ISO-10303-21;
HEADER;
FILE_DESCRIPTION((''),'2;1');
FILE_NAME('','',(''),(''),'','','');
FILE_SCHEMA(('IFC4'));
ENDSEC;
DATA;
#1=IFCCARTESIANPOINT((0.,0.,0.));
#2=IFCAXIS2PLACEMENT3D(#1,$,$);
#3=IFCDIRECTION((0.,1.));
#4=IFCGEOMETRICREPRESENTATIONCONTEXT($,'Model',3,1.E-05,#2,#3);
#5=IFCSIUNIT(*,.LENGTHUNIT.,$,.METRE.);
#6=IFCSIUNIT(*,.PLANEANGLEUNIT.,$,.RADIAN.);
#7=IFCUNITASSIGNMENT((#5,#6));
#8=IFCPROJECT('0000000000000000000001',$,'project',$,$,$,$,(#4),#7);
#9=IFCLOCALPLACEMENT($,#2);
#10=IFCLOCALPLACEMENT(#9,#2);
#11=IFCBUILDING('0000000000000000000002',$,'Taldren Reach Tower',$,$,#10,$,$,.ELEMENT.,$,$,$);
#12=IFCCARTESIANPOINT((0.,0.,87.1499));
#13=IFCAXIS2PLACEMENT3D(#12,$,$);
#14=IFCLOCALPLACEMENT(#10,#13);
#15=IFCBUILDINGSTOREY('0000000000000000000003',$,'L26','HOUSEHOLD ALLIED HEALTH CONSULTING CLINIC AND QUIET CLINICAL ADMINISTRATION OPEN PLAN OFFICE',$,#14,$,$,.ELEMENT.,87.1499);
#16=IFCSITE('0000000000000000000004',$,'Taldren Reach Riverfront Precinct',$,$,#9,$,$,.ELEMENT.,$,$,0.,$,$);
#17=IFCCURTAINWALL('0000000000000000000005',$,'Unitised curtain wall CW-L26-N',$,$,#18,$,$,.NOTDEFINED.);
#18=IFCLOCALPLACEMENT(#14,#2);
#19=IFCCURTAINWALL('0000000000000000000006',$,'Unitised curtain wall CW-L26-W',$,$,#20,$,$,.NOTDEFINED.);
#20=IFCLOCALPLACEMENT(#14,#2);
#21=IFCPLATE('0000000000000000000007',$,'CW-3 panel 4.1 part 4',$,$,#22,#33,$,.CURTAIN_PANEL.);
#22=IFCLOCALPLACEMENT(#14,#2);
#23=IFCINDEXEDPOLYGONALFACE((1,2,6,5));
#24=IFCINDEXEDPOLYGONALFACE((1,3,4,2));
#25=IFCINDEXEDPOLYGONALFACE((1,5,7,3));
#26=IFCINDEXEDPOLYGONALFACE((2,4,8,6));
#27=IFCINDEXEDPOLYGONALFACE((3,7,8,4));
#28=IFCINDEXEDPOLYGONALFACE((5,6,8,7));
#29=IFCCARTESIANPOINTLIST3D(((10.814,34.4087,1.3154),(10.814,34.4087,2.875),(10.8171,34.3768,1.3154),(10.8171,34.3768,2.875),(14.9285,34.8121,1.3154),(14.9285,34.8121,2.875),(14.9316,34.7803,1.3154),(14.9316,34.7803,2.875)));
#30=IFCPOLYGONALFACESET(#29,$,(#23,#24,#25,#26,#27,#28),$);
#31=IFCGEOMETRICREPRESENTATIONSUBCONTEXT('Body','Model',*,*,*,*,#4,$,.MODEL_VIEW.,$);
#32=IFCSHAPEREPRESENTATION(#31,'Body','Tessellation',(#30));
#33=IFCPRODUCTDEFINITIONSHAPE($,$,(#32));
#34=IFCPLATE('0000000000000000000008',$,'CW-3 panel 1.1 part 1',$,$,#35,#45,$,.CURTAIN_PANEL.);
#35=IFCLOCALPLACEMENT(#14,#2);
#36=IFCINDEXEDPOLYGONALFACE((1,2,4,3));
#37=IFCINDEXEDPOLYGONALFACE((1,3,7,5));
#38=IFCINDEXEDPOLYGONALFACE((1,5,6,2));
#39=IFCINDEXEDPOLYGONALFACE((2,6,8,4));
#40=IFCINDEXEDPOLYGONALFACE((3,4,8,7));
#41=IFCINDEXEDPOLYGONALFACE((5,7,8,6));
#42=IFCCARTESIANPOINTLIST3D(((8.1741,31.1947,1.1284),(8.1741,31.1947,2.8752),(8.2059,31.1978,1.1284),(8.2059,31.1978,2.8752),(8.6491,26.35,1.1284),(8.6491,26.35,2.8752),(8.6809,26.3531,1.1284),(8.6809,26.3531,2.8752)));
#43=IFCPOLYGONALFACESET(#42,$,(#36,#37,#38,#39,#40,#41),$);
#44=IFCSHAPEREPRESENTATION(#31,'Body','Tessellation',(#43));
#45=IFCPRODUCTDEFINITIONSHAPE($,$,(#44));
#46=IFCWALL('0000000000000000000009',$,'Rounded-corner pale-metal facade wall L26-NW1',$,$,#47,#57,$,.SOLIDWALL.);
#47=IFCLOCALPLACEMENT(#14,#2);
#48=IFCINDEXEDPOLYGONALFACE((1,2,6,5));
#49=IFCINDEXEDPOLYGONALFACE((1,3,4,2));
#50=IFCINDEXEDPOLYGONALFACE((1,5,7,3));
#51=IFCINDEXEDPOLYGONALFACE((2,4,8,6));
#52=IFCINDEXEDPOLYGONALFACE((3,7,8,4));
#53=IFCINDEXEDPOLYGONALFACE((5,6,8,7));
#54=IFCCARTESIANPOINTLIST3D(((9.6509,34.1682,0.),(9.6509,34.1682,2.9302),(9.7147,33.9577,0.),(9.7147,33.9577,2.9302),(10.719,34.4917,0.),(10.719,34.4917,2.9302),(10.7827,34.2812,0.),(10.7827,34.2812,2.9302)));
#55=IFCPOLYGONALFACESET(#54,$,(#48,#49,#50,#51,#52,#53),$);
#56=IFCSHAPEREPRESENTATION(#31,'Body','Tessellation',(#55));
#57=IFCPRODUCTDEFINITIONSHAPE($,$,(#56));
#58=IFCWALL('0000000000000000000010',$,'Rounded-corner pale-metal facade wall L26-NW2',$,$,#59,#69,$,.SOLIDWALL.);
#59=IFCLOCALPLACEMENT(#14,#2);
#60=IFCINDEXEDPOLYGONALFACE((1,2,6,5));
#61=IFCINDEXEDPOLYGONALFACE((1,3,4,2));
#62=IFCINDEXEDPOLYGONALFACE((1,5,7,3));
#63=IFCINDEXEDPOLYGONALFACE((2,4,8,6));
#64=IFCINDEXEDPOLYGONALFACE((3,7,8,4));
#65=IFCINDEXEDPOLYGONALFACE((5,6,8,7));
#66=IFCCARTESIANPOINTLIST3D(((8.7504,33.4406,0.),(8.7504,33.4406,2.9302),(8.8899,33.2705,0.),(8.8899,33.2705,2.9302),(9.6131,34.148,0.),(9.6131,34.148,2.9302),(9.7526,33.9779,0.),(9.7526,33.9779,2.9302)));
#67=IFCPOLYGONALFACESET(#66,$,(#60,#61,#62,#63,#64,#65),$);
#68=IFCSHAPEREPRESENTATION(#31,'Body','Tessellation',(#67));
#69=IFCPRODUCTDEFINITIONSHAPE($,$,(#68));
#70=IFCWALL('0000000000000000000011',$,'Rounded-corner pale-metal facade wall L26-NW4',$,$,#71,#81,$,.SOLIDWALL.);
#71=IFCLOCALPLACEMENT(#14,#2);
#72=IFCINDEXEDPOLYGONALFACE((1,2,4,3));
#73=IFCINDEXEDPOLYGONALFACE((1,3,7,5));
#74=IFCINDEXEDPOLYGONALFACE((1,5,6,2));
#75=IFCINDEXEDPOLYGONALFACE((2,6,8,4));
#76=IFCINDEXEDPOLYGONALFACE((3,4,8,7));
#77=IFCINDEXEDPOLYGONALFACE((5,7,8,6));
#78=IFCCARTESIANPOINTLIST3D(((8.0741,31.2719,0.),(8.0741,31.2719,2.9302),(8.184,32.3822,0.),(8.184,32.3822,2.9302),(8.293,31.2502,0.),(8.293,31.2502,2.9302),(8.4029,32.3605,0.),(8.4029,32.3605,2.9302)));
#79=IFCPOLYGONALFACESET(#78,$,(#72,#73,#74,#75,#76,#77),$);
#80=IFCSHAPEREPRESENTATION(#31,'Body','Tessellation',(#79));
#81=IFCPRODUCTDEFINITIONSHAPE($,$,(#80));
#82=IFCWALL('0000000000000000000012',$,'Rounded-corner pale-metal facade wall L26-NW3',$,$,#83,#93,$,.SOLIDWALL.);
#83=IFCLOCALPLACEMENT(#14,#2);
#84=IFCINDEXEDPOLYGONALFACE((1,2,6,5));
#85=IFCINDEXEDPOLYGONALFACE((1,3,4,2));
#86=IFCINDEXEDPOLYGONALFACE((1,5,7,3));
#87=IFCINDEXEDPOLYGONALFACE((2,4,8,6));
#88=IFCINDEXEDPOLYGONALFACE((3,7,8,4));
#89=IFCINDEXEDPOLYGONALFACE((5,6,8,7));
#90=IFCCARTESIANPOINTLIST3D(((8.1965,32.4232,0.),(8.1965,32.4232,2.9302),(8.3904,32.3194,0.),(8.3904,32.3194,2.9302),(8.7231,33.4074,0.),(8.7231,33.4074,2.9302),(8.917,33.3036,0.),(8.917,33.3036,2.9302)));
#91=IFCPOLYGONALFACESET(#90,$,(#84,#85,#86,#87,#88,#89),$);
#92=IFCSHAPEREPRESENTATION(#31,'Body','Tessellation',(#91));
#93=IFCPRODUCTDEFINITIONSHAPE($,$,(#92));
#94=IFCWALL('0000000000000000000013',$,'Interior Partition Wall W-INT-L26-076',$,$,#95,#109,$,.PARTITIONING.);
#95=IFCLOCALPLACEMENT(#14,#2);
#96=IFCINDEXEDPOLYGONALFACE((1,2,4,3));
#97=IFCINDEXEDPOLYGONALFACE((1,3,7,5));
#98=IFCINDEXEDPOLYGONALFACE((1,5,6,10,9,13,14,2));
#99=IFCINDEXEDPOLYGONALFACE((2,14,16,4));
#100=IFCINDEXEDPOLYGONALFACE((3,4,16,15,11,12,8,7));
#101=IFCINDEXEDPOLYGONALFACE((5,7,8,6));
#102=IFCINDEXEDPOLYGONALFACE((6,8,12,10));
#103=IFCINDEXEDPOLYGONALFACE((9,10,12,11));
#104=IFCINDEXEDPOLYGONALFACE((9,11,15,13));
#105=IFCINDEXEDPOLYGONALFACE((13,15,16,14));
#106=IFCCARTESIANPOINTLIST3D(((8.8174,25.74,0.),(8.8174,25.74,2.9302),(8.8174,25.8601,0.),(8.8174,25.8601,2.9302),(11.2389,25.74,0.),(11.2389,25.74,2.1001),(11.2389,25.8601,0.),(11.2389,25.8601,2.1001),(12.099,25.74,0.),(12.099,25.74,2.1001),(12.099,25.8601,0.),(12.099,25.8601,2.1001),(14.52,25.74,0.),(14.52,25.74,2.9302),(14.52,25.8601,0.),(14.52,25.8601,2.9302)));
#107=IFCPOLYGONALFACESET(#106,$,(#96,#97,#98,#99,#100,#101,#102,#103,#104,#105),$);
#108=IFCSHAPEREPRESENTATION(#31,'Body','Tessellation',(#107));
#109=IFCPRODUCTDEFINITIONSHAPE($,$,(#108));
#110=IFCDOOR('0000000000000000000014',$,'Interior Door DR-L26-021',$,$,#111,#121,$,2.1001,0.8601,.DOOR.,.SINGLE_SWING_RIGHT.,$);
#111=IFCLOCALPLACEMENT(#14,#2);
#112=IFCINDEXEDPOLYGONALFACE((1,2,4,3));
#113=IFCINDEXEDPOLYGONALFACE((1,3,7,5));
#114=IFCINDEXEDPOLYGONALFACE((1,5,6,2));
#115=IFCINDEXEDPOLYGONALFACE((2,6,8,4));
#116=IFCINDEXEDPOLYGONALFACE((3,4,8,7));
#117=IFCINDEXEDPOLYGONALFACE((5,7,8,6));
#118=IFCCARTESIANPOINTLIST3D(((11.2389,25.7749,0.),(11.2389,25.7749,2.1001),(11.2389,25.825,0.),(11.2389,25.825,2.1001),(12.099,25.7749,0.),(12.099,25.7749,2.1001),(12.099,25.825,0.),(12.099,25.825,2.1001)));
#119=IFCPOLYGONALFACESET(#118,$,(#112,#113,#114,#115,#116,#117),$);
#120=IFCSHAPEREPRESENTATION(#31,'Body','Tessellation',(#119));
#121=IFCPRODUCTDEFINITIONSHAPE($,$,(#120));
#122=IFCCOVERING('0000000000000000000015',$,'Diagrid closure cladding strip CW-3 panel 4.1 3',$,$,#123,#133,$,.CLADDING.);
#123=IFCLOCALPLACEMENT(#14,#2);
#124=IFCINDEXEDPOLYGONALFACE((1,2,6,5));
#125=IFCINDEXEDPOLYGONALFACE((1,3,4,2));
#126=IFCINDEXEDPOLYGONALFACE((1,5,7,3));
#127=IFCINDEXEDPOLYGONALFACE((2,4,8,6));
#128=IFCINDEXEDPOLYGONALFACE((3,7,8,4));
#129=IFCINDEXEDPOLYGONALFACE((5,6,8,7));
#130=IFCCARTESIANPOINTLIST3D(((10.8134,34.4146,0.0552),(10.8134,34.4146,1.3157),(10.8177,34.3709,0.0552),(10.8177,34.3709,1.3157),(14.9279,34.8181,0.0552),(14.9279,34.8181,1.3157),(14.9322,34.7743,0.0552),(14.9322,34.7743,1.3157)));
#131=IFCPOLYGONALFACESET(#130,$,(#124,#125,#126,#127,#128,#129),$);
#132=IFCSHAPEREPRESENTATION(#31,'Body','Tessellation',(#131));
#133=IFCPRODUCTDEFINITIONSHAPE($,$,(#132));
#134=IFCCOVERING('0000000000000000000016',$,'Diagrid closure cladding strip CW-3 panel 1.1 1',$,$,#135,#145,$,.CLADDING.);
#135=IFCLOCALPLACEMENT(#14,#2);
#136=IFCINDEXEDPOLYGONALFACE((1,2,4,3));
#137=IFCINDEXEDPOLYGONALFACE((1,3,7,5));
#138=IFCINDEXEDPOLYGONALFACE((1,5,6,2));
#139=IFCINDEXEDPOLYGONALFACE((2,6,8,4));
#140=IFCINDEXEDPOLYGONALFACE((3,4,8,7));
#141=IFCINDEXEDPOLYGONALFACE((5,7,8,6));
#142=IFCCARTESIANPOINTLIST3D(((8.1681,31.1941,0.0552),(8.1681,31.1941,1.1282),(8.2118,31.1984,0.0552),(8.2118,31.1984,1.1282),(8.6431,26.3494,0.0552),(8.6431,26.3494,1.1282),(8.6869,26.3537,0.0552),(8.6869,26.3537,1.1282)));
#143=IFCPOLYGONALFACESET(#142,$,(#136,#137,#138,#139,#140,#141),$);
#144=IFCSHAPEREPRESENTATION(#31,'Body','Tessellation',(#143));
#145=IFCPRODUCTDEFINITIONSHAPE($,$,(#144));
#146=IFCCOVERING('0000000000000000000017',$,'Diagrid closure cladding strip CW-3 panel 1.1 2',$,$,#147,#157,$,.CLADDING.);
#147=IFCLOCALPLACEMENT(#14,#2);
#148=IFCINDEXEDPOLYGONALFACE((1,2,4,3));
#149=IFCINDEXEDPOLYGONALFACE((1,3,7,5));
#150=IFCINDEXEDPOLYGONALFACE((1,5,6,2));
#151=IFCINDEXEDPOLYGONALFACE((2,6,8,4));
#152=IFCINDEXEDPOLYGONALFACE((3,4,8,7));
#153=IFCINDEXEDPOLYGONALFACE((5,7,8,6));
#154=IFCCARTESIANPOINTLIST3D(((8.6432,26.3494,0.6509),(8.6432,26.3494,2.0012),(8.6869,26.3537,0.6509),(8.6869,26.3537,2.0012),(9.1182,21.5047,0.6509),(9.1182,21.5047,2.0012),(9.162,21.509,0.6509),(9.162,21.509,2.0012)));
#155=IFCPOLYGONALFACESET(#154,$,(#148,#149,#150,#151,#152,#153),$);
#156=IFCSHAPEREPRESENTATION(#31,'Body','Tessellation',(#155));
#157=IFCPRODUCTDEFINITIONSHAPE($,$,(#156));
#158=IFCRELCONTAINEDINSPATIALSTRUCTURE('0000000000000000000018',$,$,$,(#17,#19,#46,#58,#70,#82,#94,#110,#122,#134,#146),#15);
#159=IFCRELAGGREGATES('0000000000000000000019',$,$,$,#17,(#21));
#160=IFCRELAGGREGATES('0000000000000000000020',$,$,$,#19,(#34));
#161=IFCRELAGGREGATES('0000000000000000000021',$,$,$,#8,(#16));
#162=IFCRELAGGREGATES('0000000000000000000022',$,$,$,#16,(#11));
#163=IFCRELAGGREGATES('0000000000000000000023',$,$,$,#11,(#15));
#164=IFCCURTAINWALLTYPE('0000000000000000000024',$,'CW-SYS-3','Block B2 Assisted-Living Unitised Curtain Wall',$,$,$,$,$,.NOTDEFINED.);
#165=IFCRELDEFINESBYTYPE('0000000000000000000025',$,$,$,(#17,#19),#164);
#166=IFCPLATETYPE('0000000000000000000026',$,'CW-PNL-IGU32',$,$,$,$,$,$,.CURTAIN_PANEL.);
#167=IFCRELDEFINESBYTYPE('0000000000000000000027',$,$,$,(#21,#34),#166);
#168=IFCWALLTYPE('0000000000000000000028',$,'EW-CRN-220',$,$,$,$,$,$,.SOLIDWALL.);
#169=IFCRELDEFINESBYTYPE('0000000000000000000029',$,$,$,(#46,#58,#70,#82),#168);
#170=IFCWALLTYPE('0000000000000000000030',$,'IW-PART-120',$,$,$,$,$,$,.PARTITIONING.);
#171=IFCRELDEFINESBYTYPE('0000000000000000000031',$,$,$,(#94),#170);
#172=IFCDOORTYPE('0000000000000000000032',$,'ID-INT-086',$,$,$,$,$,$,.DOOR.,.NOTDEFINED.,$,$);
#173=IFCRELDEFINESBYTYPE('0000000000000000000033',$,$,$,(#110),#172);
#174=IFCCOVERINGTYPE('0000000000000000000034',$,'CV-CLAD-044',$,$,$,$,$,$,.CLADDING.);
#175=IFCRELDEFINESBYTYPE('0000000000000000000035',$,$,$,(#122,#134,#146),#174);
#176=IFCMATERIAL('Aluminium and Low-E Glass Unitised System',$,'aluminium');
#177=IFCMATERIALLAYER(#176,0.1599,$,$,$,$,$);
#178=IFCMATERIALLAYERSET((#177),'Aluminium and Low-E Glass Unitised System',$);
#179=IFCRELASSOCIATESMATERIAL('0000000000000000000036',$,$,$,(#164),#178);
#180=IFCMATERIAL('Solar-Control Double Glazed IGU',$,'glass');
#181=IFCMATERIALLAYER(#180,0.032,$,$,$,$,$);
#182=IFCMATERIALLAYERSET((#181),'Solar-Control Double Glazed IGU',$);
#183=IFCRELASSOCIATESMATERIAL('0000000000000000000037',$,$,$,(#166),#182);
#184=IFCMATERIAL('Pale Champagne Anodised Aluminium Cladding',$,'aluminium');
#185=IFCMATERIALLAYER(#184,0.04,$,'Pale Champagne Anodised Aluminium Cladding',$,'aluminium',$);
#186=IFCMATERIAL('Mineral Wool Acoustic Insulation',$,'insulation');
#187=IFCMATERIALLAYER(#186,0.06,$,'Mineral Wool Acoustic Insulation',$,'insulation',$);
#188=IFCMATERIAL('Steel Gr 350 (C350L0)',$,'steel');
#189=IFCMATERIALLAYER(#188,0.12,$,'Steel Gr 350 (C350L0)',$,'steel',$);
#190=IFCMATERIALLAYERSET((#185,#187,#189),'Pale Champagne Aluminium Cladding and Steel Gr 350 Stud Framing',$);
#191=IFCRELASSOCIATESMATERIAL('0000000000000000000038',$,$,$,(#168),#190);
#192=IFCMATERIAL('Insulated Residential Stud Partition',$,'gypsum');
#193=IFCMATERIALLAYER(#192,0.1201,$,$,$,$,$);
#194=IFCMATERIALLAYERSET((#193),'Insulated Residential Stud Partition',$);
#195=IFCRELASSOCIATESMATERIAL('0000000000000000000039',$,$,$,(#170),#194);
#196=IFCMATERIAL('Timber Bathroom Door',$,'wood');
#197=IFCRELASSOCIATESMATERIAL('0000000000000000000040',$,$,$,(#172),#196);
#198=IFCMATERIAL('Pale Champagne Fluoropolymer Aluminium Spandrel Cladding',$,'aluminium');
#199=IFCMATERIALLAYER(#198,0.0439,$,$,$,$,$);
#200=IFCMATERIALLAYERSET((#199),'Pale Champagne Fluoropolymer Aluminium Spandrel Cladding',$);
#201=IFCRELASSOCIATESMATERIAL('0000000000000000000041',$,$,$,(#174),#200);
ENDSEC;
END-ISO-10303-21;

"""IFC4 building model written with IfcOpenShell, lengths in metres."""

from ifc_helpers import new_model, si_unit, direction, frame, frame_2d, origin, origin_2d, place, context, subcontext, project, spatial, rectangle, extrude, source, transform, mapped, material, layer, layer_set, type_object, element, fill, aggregate, save


model = new_model("IFC4")

# Units and contexts
model_context = context("Model", 3, precision=1e-05, world=origin(), true_north=direction((0.0, 1.0)))
body_context = subcontext(model_context, "Body", "Model", "MODEL_VIEW")
ifc_project = project(units=[si_unit("LENGTHUNIT", "METRE"), si_unit("PLANEANGLEUNIT", "RADIAN")], contexts=[model_context])

# Site, building, storey
site_placement = place(None, origin())
site = spatial("IfcSite", under=ifc_project, at=site_placement, Name="Taldren Reach Riverfront Precinct", CompositionType="ELEMENT", RefElevation=0.0)
building_placement = place(site_placement, origin())
building = spatial("IfcBuilding", under=site, at=building_placement, Name="Taldren Reach Tower", CompositionType="ELEMENT")
storey_placement = place(building_placement, frame((0.0, 0.0, 87.1499)))
storey = spatial("IfcBuildingStorey", under=building, at=storey_placement, Name="L26", Description="HOUSEHOLD ALLIED HEALTH CONSULTING CLINIC AND QUIET CLINICAL ADMINISTRATION OPEN PLAN OFFICE", CompositionType="ELEMENT", Elevation=87.1499)

# Shared definitions
ifc_material_1 = material(Name="Steel Gr 350 (C350L0)", Category="steel")

# Curtain wall
ifc_material_2 = material(Name="Aluminium and Low-E Glass Unitised System", Category="aluminium")
ifc_layer_1 = layer(ifc_material_2, 0.1599)
ifc_layer_set_1 = layer_set([ifc_layer_1], Name="Aluminium and Low-E Glass Unitised System")
curtain_wall_type = type_object("IfcCurtainWallType", Name="CW-SYS-3", Description="Block B2 Assisted-Living Unitised Curtain Wall", PredefinedType="NOTDEFINED", material=ifc_layer_set_1)
curtain_wall_1_placement = place(storey_placement, origin())
curtain_wall_1 = element("IfcCurtainWall", 1, at=curtain_wall_1_placement, inside=storey, type_object=curtain_wall_type, Name="Unitised curtain wall CW-L26-N", PredefinedType="NOTDEFINED")

# Curtain wall
curtain_wall_2_placement = place(storey_placement, origin())
curtain_wall_2 = element("IfcCurtainWall", 2, at=curtain_wall_2_placement, inside=storey, type_object=curtain_wall_type, Name="Unitised curtain wall CW-L26-W", PredefinedType="NOTDEFINED")

# Plates
ifc_material_3 = material(Name="Solar-Control Double Glazed IGU", Category="glass")
ifc_layer_2 = layer(ifc_material_3, 0.032)
ifc_layer_set_2 = layer_set([ifc_layer_2], Name="Solar-Control Double Glazed IGU")
plate_type_1 = type_object("IfcPlateType", Name="CW-PNL-IGU32", PredefinedType="CURTAIN_PANEL", material=ifc_layer_set_2)
shared_shape_1 = source(origin(), body_context, "Body", "SweptSolid", [
    extrude(rectangle(XDim=4.1343, YDim=0.032, at=origin_2d()), origin(), (0.0, 0.0, 1.0), 1.5596),
])
plate_1_placement = place(storey_placement, frame((12.8728, 34.5945, 1.3154), z_axis=(0.0, 0.0, 1.0), x_axis=(-0.995227, -0.097583, 0.0)))
plate_1 = element("IfcPlate", 3, at=plate_1_placement, type_object=plate_type_1, Name="CW-3 panel 4.1 part 4", PredefinedType="CURTAIN_PANEL", context=body_context, shape_type="MappedRepresentation", body=[
    mapped(shared_shape_1, transform((0.0, 0.0, 0.0), scale=1.0)),
])
aggregate(curtain_wall_1, [plate_1])
shared_shape_2 = source(origin(), body_context, "Body", "SweptSolid", [
    extrude(rectangle(XDim=4.8679, YDim=0.032, at=origin_2d()), origin(), (0.0, 0.0, 1.0), 1.7468),
])
plate_2_placement = place(storey_placement, frame((8.4275, 28.7739, 1.1284), z_axis=(0.0, 0.0, 1.0), x_axis=(0.097583, -0.995227, 0.0)))
plate_2 = element("IfcPlate", 4, at=plate_2_placement, type_object=plate_type_1, Name="CW-3 panel 1.1 part 1", PredefinedType="CURTAIN_PANEL", context=body_context, shape_type="MappedRepresentation", body=[
    mapped(shared_shape_2, transform((0.0, 0.0, 0.0), scale=1.0)),
])
aggregate(curtain_wall_2, [plate_2])

# Walls
ifc_material_4 = material(Name="Pale Champagne Anodised Aluminium Cladding", Category="aluminium")
ifc_layer_3 = layer(ifc_material_4, 0.04, Name="Pale Champagne Anodised Aluminium Cladding", Category="aluminium")
ifc_material_5 = material(Name="Mineral Wool Acoustic Insulation", Category="insulation")
ifc_layer_4 = layer(ifc_material_5, 0.06, Name="Mineral Wool Acoustic Insulation", Category="insulation")
ifc_layer_5 = layer(ifc_material_1, 0.12, Name="Steel Gr 350 (C350L0)", Category="steel")
ifc_layer_set_3 = layer_set([ifc_layer_3, ifc_layer_4, ifc_layer_5], Name="Pale Champagne Aluminium Cladding and Steel Gr 350 Stud Framing")
wall_type_1 = type_object("IfcWallType", Name="EW-CRN-220", PredefinedType="SOLIDWALL", material=ifc_layer_set_3)
shared_shape_3 = source(origin(), body_context, "Body", "SweptSolid", [
    extrude(rectangle(XDim=1.116, YDim=0.22, at=frame_2d((0.5581, 0.0))), origin(), (0.0, 0.0, 1.0), 2.9302),
])
wall_1_placement = place(storey_placement, frame((10.751, 34.3865, 0.0), z_axis=(0.0, 0.0, 1.0), x_axis=(-0.95707, -0.289856, 0.0)))
element("IfcWall", 5, at=wall_1_placement, inside=storey, type_object=wall_type_1, Name="Rounded-corner pale-metal facade wall L26-NW1", PredefinedType="SOLIDWALL", context=body_context, shape_type="MappedRepresentation", body=[
    mapped(shared_shape_3, transform((0.0, 0.0, 0.0), scale=1.0)),
])
shared_shape_4 = source(origin(), body_context, "Body", "SweptSolid", [
    extrude(rectangle(XDim=1.1157, YDim=0.22, at=frame_2d((0.5579, 0.0))), origin(), (0.0, 0.0, 1.0), 2.9302),
])
for number, where, z_axis, x_axis, name in (
    (6, (9.6829, 34.063, 0.0), (0.0, 0.0, 1.0), (-0.773255, -0.634095, 0.0), "Rounded-corner pale-metal facade wall L26-NW2"),
    (7, (8.2935, 32.3713, 0.0), (0.0, 0.0, 1.0), (-0.098464, -0.995141, 0.0), "Rounded-corner pale-metal facade wall L26-NW4"),
):
    element("IfcWall", number, at=place(storey_placement, frame(where, z_axis=z_axis, x_axis=x_axis)), inside=storey, type_object=wall_type_1, Name=name, PredefinedType="SOLIDWALL", context=body_context, shape_type="MappedRepresentation", body=[
        mapped(shared_shape_4, transform((0.0, 0.0, 0.0), scale=1.0)),
    ])
shared_shape_5 = source(origin(), body_context, "Body", "SweptSolid", [
    extrude(rectangle(XDim=1.1162, YDim=0.22, at=frame_2d((0.5581, 0.0))), origin(), (0.0, 0.0, 1.0), 2.9302),
])
wall_2_placement = place(storey_placement, frame((8.8201, 33.3555, 0.0), z_axis=(0.0, 0.0, 1.0), x_axis=(-0.471803, -0.881704, 0.0)))
element("IfcWall", 8, at=wall_2_placement, inside=storey, type_object=wall_type_1, Name="Rounded-corner pale-metal facade wall L26-NW3", PredefinedType="SOLIDWALL", context=body_context, shape_type="MappedRepresentation", body=[
    mapped(shared_shape_5, transform((0.0, 0.0, 0.0), scale=1.0)),
])

# Wall, opening, door
ifc_material_6 = material(Name="Insulated Residential Stud Partition", Category="gypsum")
ifc_layer_6 = layer(ifc_material_6, 0.1201)
ifc_layer_set_4 = layer_set([ifc_layer_6], Name="Insulated Residential Stud Partition")
wall_type_2 = type_object("IfcWallType", Name="IW-PART-120", PredefinedType="PARTITIONING", material=ifc_layer_set_4)
shared_shape_6 = source(origin(), body_context, "Body", "SweptSolid", [
    extrude(rectangle(XDim=5.7026, YDim=0.1201, at=frame_2d((2.8513, 0.0))), origin(), (0.0, 0.0, 1.0), 2.9302),
])
wall_3_placement = place(storey_placement, frame((8.8174, 25.8, 0.0), z_axis=(0.0, 0.0, 1.0), x_axis=(1.0, 0.0, 0.0)))
wall_3 = element("IfcWall", 9, at=wall_3_placement, inside=storey, type_object=wall_type_2, Name="Interior Partition Wall W-INT-L26-076", PredefinedType="PARTITIONING", context=body_context, shape_type="MappedRepresentation", body=[
    mapped(shared_shape_6, transform((0.0, 0.0, 0.0), scale=1.0)),
])
shared_shape_7 = source(origin(), body_context, "Body", "SweptSolid", [
    extrude(rectangle(XDim=0.8601, YDim=2.1001, at=frame_2d((0.4302, 1.05))), frame((0.0, 0.0701, 0.0), z_axis=(0.0, -1.0, 0.0), x_axis=(1.0, 0.0, 0.0)), (0.0, 0.0, 1.0), 0.1401),
])
opening_placement = place(wall_3_placement, frame((2.4214, 0.0, 0.0)))
opening = element("IfcOpeningElement", 10, at=opening_placement, cuts=wall_3, PredefinedType="OPENING", context=body_context, shape_type="MappedRepresentation", body=[
    mapped(shared_shape_7, transform((0.0, 0.0, 0.0), scale=1.0)),
])
ifc_material_7 = material(Name="Timber Bathroom Door", Category="wood")
door_type = type_object("IfcDoorType", Name="ID-INT-086", OperationType="NOTDEFINED", PredefinedType="DOOR", material=ifc_material_7)
shared_shape_8 = source(origin(), body_context, "Body", "SweptSolid", [
    extrude(rectangle(XDim=0.8601, YDim=2.1001, at=frame_2d((0.4302, 1.05))), frame((0.0, 0.0249, 0.0), z_axis=(0.0, -1.0, 0.0), x_axis=(1.0, 0.0, 0.0)), (0.0, 0.0, 1.0), 0.05),
])
door_placement = place(opening_placement, origin())
door = element("IfcDoor", 11, at=door_placement, inside=storey, type_object=door_type, Name="Interior Door DR-L26-021", OperationType="SINGLE_SWING_RIGHT", OverallHeight=2.1001, OverallWidth=0.8601, PredefinedType="DOOR", context=body_context, shape_type="MappedRepresentation", body=[
    mapped(shared_shape_8, transform((0.0, 0.0, 0.0), scale=1.0)),
])
fill(opening, door)

# Coverings
ifc_material_8 = material(Name="Pale Champagne Fluoropolymer Aluminium Spandrel Cladding", Category="aluminium")
ifc_layer_7 = layer(ifc_material_8, 0.0439)
ifc_layer_set_5 = layer_set([ifc_layer_7], Name="Pale Champagne Fluoropolymer Aluminium Spandrel Cladding")
covering_type = type_object("IfcCoveringType", Name="CV-CLAD-044", PredefinedType="CLADDING", material=ifc_layer_set_5)
shared_shape_9 = source(origin(), body_context, "Body", "SweptSolid", [
    extrude(rectangle(XDim=4.1343, YDim=0.0439, at=origin_2d()), origin(), (0.0, 0.0, 1.0), 1.2605),
])
covering_1_placement = place(storey_placement, frame((12.8728, 34.5945, 0.0552), z_axis=(0.0, 0.0, 1.0), x_axis=(-0.995227, -0.097583, 0.0)))
element("IfcCovering", 12, at=covering_1_placement, inside=storey, type_object=covering_type, Name="Diagrid closure cladding strip CW-3 panel 4.1 3", PredefinedType="CLADDING", context=body_context, shape_type="MappedRepresentation", body=[
    mapped(shared_shape_9, transform((0.0, 0.0, 0.0), scale=1.0)),
])
shared_shape_10 = source(origin(), body_context, "Body", "SweptSolid", [
    extrude(rectangle(XDim=4.8679, YDim=0.0439, at=origin_2d()), origin(), (0.0, 0.0, 1.0), 1.073),
])
covering_2_placement = place(storey_placement, frame((8.4275, 28.7739, 0.0552), z_axis=(0.0, 0.0, 1.0), x_axis=(0.097583, -0.995227, 0.0)))
element("IfcCovering", 13, at=covering_2_placement, inside=storey, type_object=covering_type, Name="Diagrid closure cladding strip CW-3 panel 1.1 1", PredefinedType="CLADDING", context=body_context, shape_type="MappedRepresentation", body=[
    mapped(shared_shape_10, transform((0.0, 0.0, 0.0), scale=1.0)),
])
shared_shape_11 = source(origin(), body_context, "Body", "SweptSolid", [
    extrude(rectangle(XDim=4.8679, YDim=0.0439, at=origin_2d()), origin(), (0.0, 0.0, 1.0), 1.3503),
])
covering_3_placement = place(storey_placement, frame((8.9026, 23.9292, 0.6509), z_axis=(0.0, 0.0, 1.0), x_axis=(0.097583, -0.995227, 0.0)))
element("IfcCovering", 14, at=covering_3_placement, inside=storey, type_object=covering_type, Name="Diagrid closure cladding strip CW-3 panel 1.1 2", PredefinedType="CLADDING", context=body_context, shape_type="MappedRepresentation", body=[
    mapped(shared_shape_11, transform((0.0, 0.0, 0.0), scale=1.0)),
])

save(model, "model.ifc")
